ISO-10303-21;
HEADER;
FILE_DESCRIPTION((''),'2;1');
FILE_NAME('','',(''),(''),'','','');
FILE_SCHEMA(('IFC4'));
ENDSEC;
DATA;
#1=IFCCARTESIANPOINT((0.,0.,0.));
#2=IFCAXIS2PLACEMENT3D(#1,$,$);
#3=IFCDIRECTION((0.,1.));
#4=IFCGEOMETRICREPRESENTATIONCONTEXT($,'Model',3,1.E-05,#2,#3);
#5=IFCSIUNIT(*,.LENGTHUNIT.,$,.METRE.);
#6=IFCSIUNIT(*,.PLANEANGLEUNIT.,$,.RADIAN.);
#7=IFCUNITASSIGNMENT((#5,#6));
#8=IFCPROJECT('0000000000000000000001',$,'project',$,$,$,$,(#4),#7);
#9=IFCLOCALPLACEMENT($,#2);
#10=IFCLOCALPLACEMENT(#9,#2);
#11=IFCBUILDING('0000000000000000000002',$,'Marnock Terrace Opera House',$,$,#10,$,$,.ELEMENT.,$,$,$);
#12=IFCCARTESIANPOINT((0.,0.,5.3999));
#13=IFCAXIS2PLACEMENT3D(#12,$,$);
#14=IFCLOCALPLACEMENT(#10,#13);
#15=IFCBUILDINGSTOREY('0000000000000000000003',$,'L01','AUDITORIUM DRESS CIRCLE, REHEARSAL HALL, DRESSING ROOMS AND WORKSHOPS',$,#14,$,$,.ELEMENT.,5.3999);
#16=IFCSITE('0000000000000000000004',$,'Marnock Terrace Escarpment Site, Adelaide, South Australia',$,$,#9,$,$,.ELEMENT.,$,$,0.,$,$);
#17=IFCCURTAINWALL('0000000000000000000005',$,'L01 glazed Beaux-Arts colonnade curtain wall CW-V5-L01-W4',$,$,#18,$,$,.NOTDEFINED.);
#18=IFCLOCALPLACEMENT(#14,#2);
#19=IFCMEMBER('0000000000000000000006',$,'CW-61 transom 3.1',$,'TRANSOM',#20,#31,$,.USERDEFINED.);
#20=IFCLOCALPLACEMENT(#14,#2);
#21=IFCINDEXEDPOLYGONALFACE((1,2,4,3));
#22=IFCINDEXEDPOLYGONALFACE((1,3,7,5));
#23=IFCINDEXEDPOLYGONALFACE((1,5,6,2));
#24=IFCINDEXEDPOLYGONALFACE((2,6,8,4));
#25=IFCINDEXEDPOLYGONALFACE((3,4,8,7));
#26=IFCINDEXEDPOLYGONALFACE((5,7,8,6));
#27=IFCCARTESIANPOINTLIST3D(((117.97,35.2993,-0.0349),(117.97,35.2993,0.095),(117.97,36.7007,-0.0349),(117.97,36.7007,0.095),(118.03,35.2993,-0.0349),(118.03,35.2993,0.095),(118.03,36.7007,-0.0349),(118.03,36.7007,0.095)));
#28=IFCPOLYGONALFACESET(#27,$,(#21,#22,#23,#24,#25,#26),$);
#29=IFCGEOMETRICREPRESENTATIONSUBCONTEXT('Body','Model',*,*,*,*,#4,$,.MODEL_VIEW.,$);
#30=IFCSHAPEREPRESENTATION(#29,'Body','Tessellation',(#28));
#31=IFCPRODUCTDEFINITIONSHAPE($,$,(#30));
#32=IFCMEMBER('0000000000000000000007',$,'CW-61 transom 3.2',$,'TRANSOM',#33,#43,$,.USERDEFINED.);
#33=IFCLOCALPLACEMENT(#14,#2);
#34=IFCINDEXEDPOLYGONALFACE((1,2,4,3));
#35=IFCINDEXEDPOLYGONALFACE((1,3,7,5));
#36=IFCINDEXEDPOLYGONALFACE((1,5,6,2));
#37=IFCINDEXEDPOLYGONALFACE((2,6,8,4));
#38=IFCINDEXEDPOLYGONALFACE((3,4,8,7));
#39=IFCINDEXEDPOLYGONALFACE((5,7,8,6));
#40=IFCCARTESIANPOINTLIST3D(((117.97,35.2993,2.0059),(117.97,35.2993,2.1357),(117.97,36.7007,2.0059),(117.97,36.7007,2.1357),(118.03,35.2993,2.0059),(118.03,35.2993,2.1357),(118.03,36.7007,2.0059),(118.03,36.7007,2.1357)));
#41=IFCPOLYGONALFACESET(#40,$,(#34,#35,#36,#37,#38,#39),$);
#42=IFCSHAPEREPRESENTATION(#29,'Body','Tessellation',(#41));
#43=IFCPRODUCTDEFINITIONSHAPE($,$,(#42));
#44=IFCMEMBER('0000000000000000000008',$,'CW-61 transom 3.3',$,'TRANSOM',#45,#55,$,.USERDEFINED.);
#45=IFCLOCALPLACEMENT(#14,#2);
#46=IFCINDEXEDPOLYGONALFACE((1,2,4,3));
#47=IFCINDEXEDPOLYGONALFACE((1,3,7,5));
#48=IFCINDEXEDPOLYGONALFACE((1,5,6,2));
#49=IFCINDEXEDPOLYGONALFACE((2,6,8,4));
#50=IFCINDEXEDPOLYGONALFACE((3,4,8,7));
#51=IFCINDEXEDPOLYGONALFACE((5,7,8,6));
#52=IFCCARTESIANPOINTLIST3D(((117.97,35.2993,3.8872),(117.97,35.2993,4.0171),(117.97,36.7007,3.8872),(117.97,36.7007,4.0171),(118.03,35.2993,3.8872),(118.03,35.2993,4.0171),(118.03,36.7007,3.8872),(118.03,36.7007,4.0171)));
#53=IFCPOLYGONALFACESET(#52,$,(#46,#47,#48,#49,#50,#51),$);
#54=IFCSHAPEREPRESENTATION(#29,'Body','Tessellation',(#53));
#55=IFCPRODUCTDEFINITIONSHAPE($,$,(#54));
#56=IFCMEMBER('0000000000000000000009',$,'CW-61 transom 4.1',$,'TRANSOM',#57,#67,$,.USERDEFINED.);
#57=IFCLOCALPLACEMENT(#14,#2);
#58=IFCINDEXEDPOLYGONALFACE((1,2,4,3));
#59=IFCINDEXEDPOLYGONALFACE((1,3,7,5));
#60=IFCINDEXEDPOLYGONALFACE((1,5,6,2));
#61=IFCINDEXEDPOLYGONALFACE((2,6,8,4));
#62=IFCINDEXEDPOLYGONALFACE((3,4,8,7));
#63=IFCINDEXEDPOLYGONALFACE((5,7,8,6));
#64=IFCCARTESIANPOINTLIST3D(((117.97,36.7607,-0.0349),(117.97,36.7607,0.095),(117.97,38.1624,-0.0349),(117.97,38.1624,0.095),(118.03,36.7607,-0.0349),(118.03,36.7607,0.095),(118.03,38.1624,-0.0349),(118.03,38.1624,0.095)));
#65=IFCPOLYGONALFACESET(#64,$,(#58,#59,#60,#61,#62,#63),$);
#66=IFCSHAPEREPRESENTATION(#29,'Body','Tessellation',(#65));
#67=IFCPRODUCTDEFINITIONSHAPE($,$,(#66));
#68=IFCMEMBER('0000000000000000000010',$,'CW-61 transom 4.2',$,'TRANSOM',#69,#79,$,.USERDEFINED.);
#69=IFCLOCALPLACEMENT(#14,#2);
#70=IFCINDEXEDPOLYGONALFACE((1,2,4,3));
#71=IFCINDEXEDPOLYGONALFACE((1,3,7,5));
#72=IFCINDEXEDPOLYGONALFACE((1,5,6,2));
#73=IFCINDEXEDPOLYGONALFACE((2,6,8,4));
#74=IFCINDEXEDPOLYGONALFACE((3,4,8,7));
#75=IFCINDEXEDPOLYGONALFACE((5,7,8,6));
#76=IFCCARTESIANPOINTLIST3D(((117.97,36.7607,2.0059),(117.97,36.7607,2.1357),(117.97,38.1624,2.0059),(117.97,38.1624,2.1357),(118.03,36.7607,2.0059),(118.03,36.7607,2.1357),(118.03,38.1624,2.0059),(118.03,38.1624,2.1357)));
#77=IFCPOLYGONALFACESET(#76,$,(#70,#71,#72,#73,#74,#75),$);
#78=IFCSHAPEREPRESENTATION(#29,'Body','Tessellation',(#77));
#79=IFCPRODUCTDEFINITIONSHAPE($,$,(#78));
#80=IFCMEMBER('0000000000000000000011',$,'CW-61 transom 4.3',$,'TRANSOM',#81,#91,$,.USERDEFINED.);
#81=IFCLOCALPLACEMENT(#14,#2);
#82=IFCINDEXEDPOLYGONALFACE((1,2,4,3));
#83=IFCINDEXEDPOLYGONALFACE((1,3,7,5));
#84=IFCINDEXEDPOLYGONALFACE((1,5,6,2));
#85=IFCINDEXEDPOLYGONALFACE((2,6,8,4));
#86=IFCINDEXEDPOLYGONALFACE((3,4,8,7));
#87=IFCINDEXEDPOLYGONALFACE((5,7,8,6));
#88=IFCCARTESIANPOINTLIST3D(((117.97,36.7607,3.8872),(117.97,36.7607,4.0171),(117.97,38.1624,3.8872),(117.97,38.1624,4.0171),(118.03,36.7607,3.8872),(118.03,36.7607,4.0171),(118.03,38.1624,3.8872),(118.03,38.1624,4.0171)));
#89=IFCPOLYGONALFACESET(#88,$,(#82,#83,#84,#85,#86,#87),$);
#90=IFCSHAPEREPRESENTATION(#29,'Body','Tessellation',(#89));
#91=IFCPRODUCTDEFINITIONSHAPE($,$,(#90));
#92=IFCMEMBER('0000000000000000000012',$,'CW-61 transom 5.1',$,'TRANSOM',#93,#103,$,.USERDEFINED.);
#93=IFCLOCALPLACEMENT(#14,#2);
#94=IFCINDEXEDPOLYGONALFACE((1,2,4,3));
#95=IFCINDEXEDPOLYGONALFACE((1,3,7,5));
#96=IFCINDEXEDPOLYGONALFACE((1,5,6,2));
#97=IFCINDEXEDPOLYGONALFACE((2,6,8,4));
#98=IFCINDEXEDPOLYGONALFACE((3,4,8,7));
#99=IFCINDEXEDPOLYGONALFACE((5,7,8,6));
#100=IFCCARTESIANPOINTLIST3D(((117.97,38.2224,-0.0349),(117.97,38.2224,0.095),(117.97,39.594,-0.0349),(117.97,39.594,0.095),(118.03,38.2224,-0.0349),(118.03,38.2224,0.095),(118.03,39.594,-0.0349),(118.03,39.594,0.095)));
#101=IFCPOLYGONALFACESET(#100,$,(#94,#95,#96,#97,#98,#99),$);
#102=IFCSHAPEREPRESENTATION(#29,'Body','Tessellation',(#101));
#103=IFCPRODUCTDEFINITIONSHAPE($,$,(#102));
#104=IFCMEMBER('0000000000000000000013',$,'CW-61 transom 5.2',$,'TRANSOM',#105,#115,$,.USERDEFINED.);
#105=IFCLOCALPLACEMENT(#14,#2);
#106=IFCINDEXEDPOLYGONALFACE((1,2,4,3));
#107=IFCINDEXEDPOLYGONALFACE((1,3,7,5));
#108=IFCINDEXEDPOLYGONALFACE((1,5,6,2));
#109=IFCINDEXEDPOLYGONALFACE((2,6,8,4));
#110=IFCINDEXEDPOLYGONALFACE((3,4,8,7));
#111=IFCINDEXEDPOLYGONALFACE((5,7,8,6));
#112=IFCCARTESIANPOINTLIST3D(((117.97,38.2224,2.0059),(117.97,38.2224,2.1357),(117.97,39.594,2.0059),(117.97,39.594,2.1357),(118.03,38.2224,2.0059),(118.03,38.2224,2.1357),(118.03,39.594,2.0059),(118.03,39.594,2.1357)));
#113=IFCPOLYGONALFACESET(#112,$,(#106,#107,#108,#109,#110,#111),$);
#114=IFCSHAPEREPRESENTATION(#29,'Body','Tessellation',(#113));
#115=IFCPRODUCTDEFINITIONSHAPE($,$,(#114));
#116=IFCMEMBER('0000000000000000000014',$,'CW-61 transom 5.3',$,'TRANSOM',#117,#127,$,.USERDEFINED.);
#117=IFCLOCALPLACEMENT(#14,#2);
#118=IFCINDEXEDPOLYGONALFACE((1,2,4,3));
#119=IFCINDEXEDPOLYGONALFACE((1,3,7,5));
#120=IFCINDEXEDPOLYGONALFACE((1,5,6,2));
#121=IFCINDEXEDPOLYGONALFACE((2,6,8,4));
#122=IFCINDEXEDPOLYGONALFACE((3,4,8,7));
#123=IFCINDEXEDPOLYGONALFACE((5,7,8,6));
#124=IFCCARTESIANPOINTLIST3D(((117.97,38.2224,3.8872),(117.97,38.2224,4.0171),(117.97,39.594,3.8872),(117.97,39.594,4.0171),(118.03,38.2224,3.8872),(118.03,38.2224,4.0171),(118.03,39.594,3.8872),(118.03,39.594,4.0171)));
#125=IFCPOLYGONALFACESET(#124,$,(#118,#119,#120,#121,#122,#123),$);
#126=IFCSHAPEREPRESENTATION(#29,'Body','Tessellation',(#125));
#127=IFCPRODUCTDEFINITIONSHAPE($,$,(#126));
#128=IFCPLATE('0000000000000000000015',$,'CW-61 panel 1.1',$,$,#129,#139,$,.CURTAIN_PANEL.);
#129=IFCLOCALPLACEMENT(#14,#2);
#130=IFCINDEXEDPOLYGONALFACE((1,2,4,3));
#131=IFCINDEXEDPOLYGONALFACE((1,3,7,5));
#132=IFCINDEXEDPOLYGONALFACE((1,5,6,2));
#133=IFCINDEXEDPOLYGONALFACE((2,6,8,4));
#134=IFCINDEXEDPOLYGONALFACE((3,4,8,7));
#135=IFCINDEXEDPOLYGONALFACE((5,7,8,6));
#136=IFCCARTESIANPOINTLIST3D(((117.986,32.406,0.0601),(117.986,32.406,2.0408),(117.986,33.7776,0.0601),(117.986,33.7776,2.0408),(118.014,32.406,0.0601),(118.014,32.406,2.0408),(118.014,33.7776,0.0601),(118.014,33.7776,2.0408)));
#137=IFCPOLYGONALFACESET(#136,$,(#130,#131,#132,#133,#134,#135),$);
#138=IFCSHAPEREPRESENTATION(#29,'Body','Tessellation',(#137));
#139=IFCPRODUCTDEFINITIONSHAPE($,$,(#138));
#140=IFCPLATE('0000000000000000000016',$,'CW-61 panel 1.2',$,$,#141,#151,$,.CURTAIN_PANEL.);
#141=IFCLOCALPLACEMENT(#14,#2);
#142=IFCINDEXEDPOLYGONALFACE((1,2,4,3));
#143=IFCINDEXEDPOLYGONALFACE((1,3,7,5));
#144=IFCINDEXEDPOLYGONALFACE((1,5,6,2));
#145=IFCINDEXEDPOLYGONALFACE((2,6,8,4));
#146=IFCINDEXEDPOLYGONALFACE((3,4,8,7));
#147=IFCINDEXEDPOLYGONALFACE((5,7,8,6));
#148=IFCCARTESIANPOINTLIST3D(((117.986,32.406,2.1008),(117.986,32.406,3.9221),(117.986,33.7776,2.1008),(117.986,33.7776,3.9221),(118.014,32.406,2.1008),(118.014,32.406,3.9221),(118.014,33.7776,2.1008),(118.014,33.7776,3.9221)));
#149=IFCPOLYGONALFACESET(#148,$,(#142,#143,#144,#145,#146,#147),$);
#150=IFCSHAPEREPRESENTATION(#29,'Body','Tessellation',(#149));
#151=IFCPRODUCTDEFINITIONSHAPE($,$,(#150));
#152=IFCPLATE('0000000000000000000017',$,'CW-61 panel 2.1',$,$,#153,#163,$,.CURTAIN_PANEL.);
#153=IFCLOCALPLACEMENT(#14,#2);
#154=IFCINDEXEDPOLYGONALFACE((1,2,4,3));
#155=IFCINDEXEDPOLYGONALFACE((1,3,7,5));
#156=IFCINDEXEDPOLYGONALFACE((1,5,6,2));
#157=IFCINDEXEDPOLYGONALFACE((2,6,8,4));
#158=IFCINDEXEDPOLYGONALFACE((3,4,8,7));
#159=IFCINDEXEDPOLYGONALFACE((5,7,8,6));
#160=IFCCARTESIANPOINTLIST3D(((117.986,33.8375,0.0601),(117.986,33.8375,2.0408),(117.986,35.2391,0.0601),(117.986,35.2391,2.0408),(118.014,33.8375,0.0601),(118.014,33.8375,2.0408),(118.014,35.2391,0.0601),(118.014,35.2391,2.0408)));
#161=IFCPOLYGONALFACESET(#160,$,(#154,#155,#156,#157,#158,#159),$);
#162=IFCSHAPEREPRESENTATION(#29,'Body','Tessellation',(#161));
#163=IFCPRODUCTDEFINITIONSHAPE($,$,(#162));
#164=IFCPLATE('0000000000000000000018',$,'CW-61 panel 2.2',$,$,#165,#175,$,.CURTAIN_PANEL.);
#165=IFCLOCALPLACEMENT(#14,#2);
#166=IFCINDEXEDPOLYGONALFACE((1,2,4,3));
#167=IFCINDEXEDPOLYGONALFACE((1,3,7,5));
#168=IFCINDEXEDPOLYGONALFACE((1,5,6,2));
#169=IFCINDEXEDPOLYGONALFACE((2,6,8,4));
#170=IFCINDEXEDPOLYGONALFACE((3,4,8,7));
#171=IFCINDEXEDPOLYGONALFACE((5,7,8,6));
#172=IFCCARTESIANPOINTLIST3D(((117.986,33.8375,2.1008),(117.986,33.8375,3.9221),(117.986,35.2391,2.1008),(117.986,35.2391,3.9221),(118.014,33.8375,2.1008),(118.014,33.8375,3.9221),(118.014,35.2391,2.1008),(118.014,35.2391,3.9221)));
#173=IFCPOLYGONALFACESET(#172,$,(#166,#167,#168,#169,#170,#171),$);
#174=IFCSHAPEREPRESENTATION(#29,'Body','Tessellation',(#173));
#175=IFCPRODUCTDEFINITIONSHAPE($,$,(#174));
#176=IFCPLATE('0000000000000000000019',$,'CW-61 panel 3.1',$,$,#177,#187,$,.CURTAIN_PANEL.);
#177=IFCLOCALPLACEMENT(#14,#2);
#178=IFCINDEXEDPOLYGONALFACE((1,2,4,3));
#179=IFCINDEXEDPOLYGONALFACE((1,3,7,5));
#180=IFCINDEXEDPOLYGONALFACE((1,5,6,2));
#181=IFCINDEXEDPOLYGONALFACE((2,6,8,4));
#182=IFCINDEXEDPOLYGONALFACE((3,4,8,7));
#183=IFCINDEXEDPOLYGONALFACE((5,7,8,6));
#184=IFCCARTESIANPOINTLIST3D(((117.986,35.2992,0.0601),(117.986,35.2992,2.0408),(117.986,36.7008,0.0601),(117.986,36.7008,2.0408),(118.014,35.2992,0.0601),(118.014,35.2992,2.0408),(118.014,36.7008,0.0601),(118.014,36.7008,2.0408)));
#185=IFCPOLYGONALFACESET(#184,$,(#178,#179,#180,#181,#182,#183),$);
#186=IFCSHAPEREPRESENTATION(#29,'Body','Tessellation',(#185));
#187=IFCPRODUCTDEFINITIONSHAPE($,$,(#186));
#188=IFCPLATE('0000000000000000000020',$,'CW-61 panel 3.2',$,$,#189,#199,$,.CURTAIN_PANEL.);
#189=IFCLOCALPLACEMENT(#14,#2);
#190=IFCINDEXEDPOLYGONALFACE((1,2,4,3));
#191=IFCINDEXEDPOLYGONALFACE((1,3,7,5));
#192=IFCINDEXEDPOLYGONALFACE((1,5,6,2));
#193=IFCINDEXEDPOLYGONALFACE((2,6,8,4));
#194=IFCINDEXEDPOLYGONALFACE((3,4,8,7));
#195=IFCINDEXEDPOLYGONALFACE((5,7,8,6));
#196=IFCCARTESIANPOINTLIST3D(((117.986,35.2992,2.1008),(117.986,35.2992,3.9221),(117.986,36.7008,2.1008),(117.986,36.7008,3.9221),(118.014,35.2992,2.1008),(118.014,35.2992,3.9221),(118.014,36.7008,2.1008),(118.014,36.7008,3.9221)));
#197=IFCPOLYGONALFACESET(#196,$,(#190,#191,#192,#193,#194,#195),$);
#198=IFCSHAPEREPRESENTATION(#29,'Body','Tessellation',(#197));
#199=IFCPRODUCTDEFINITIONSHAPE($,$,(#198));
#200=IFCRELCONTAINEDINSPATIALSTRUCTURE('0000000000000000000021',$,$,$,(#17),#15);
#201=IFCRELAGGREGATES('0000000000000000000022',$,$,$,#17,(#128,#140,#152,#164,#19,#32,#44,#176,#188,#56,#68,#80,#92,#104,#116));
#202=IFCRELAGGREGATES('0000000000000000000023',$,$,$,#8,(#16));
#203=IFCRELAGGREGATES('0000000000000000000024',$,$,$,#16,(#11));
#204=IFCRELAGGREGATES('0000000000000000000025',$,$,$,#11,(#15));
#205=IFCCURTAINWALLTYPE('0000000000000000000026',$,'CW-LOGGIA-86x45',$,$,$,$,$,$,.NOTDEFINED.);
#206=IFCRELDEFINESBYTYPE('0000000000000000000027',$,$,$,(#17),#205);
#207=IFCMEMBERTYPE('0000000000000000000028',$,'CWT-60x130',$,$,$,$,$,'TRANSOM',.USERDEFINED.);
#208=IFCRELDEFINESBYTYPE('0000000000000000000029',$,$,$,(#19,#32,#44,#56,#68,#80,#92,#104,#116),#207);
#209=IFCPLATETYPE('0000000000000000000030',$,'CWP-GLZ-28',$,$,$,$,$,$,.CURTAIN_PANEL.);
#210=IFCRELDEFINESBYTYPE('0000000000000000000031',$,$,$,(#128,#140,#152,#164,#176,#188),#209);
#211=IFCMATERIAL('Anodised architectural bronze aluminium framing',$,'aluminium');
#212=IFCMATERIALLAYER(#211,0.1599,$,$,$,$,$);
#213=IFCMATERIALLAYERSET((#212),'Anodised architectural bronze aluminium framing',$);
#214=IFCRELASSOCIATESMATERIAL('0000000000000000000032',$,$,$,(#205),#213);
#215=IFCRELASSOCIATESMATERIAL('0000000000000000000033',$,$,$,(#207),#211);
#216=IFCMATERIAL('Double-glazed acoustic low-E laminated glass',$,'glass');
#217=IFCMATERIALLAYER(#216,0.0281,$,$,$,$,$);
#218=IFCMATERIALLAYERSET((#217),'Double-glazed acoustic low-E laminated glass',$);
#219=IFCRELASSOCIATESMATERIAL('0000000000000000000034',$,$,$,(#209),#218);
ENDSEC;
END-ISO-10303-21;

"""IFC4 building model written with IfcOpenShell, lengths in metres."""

from ifc_helpers import new_model, si_unit, direction, frame, origin, origin_2d, place, context, subcontext, project, spatial, rectangle, extrude, material, layer, layer_set, material_profile, profile_set, type_object, element, aggregate, save


model = new_model("IFC4")

# Units and contexts
model_context = context("Model", 3, precision=1e-05, world=origin(), true_north=direction((0.0, 1.0)))
body_context = subcontext(model_context, "Body", "Model", "MODEL_VIEW")
ifc_project = project(units=[si_unit("LENGTHUNIT", "METRE"), si_unit("PLANEANGLEUNIT", "RADIAN")], contexts=[model_context])

# Site, building, storey
site_placement = place(None, origin())
site = spatial("IfcSite", under=ifc_project, at=site_placement, Name="Marnock Terrace Escarpment Site, Adelaide, South Australia", CompositionType="ELEMENT", RefElevation=0.0)
building_placement = place(site_placement, origin())
building = spatial("IfcBuilding", under=site, at=building_placement, Name="Marnock Terrace Opera House", CompositionType="ELEMENT")
storey_placement = place(building_placement, frame((0.0, 0.0, 5.3999)))
storey = spatial("IfcBuildingStorey", under=building, at=storey_placement, Name="L01", Description="AUDITORIUM DRESS CIRCLE, REHEARSAL HALL, DRESSING ROOMS AND WORKSHOPS", CompositionType="ELEMENT", Elevation=5.3999)

# Curtain wall, members, plates
ifc_material_1 = material(Name="Anodised architectural bronze aluminium framing", Category="aluminium")
ifc_layer_1 = layer(ifc_material_1, 0.1599)
ifc_layer_set_1 = layer_set([ifc_layer_1], Name="Anodised architectural bronze aluminium framing")
curtain_wall_type = type_object("IfcCurtainWallType", Name="CW-LOGGIA-86x45", PredefinedType="NOTDEFINED", material=ifc_layer_set_1)
curtain_wall_placement = place(storey_placement, origin())
curtain_wall = element("IfcCurtainWall", 1, at=curtain_wall_placement, inside=storey, type_object=curtain_wall_type, Name="L01 glazed Beaux-Arts colonnade curtain wall CW-V5-L01-W4", PredefinedType="NOTDEFINED")
ifc_material_profile_1 = material_profile(ifc_material_1, rectangle(XDim=0.0601, YDim=0.1299, at=origin_2d()))
ifc_profile_set_1 = profile_set([ifc_material_profile_1], Name="Anodised architectural bronze aluminium framing")
member_type_1 = type_object("IfcMemberType", Name="CWT-60x130", ElementType="TRANSOM", PredefinedType="USERDEFINED", material=ifc_profile_set_1)
member_1_placement = place(storey_placement, frame((118.0, 35.2993, 0.03), z_axis=(0.0, 1.0, 0.0), x_axis=(-1.0, 0.0, 0.0)))
member_1 = element("IfcMember", 2, at=member_1_placement, type_object=member_type_1, Name="CW-61 transom 3.1", ObjectType="TRANSOM", PredefinedType="USERDEFINED", context=body_context, shape_type="SweptSolid", body=[
    extrude(rectangle(XDim=0.0601, YDim=0.1299, at=origin_2d()), origin(), (0.0, 0.0, 1.0), 1.4014),
])
member_2_placement = place(storey_placement, frame((118.0, 35.2993, 2.0708), z_axis=(0.0, 1.0, 0.0), x_axis=(-1.0, 0.0, 0.0)))
member_2 = element("IfcMember", 3, at=member_2_placement, type_object=member_type_1, Name="CW-61 transom 3.2", ObjectType="TRANSOM", PredefinedType="USERDEFINED", context=body_context, shape_type="SweptSolid", body=[
    extrude(rectangle(XDim=0.0601, YDim=0.1299, at=origin_2d()), origin(), (0.0, 0.0, 1.0), 1.4014),
])
member_3_placement = place(storey_placement, frame((118.0, 35.2993, 3.9521), z_axis=(0.0, 1.0, 0.0), x_axis=(-1.0, 0.0, 0.0)))
member_3 = element("IfcMember", 4, at=member_3_placement, type_object=member_type_1, Name="CW-61 transom 3.3", ObjectType="TRANSOM", PredefinedType="USERDEFINED", context=body_context, shape_type="SweptSolid", body=[
    extrude(rectangle(XDim=0.0601, YDim=0.1299, at=origin_2d()), origin(), (0.0, 0.0, 1.0), 1.4014),
])
member_4_placement = place(storey_placement, frame((118.0, 36.7607, 0.03), z_axis=(0.0, 1.0, 0.0), x_axis=(-1.0, 0.0, 0.0)))
member_4 = element("IfcMember", 5, at=member_4_placement, type_object=member_type_1, Name="CW-61 transom 4.1", ObjectType="TRANSOM", PredefinedType="USERDEFINED", context=body_context, shape_type="SweptSolid", body=[
    extrude(rectangle(XDim=0.0601, YDim=0.1299, at=origin_2d()), origin(), (0.0, 0.0, 1.0), 1.4016),
])
member_5_placement = place(storey_placement, frame((118.0, 36.7607, 2.0708), z_axis=(0.0, 1.0, 0.0), x_axis=(-1.0, 0.0, 0.0)))
member_5 = element("IfcMember", 6, at=member_5_placement, type_object=member_type_1, Name="CW-61 transom 4.2", ObjectType="TRANSOM", PredefinedType="USERDEFINED", context=body_context, shape_type="SweptSolid", body=[
    extrude(rectangle(XDim=0.0601, YDim=0.1299, at=origin_2d()), origin(), (0.0, 0.0, 1.0), 1.4016),
])
member_6_placement = place(storey_placement, frame((118.0, 36.7607, 3.9521), z_axis=(0.0, 1.0, 0.0), x_axis=(-1.0, 0.0, 0.0)))
member_6 = element("IfcMember", 7, at=member_6_placement, type_object=member_type_1, Name="CW-61 transom 4.3", ObjectType="TRANSOM", PredefinedType="USERDEFINED", context=body_context, shape_type="SweptSolid", body=[
    extrude(rectangle(XDim=0.0601, YDim=0.1299, at=origin_2d()), origin(), (0.0, 0.0, 1.0), 1.4016),
])
member_7_placement = place(storey_placement, frame((118.0, 38.2224, 0.03), z_axis=(0.0, 1.0, 0.0), x_axis=(-1.0, 0.0, 0.0)))
member_7 = element("IfcMember", 8, at=member_7_placement, type_object=member_type_1, Name="CW-61 transom 5.1", ObjectType="TRANSOM", PredefinedType="USERDEFINED", context=body_context, shape_type="SweptSolid", body=[
    extrude(rectangle(XDim=0.0601, YDim=0.1299, at=origin_2d()), origin(), (0.0, 0.0, 1.0), 1.3716),
])
member_8_placement = place(storey_placement, frame((118.0, 38.2224, 2.0708), z_axis=(0.0, 1.0, 0.0), x_axis=(-1.0, 0.0, 0.0)))
member_8 = element("IfcMember", 9, at=member_8_placement, type_object=member_type_1, Name="CW-61 transom 5.2", ObjectType="TRANSOM", PredefinedType="USERDEFINED", context=body_context, shape_type="SweptSolid", body=[
    extrude(rectangle(XDim=0.0601, YDim=0.1299, at=origin_2d()), origin(), (0.0, 0.0, 1.0), 1.3716),
])
member_9_placement = place(storey_placement, frame((118.0, 38.2224, 3.9521), z_axis=(0.0, 1.0, 0.0), x_axis=(-1.0, 0.0, 0.0)))
member_9 = element("IfcMember", 10, at=member_9_placement, type_object=member_type_1, Name="CW-61 transom 5.3", ObjectType="TRANSOM", PredefinedType="USERDEFINED", context=body_context, shape_type="SweptSolid", body=[
    extrude(rectangle(XDim=0.0601, YDim=0.1299, at=origin_2d()), origin(), (0.0, 0.0, 1.0), 1.3716),
])
ifc_material_2 = material(Name="Double-glazed acoustic low-E laminated glass", Category="glass")
ifc_layer_2 = layer(ifc_material_2, 0.0281)
ifc_layer_set_2 = layer_set([ifc_layer_2], Name="Double-glazed acoustic low-E laminated glass")
plate_type = type_object("IfcPlateType", Name="CWP-GLZ-28", PredefinedType="CURTAIN_PANEL", material=ifc_layer_set_2)
plate_1_placement = place(storey_placement, frame((118.0, 33.0918, 0.0601), z_axis=(0.0, 0.0, 1.0), x_axis=(0.0, 1.0, 0.0)))
plate_1 = element("IfcPlate", 11, at=plate_1_placement, type_object=plate_type, Name="CW-61 panel 1.1", PredefinedType="CURTAIN_PANEL", context=body_context, shape_type="SweptSolid", body=[
    extrude(rectangle(XDim=1.3716, YDim=0.0281, at=origin_2d()), origin(), (0.0, 0.0, 1.0), 1.9807),
])
plate_2_placement = place(storey_placement, frame((118.0, 33.0918, 2.1008), z_axis=(0.0, 0.0, 1.0), x_axis=(0.0, 1.0, 0.0)))
plate_2 = element("IfcPlate", 12, at=plate_2_placement, type_object=plate_type, Name="CW-61 panel 1.2", PredefinedType="CURTAIN_PANEL", context=body_context, shape_type="SweptSolid", body=[
    extrude(rectangle(XDim=1.3716, YDim=0.0281, at=origin_2d()), origin(), (0.0, 0.0, 1.0), 1.8213),
])
plate_3_placement = place(storey_placement, frame((118.0, 34.5383, 0.0601), z_axis=(0.0, 0.0, 1.0), x_axis=(0.0, 1.0, 0.0)))
plate_3 = element("IfcPlate", 13, at=plate_3_placement, type_object=plate_type, Name="CW-61 panel 2.1", PredefinedType="CURTAIN_PANEL", context=body_context, shape_type="SweptSolid", body=[
    extrude(rectangle(XDim=1.4016, YDim=0.0281, at=origin_2d()), origin(), (0.0, 0.0, 1.0), 1.9807),
])
plate_4_placement = place(storey_placement, frame((118.0, 34.5383, 2.1008), z_axis=(0.0, 0.0, 1.0), x_axis=(0.0, 1.0, 0.0)))
plate_4 = element("IfcPlate", 14, at=plate_4_placement, type_object=plate_type, Name="CW-61 panel 2.2", PredefinedType="CURTAIN_PANEL", context=body_context, shape_type="SweptSolid", body=[
    extrude(rectangle(XDim=1.4016, YDim=0.0281, at=origin_2d()), origin(), (0.0, 0.0, 1.0), 1.8213),
])
plate_5_placement = place(storey_placement, frame((118.0, 36.0, 0.0601), z_axis=(0.0, 0.0, 1.0), x_axis=(0.0, 1.0, 0.0)))
plate_5 = element("IfcPlate", 15, at=plate_5_placement, type_object=plate_type, Name="CW-61 panel 3.1", PredefinedType="CURTAIN_PANEL", context=body_context, shape_type="SweptSolid", body=[
    extrude(rectangle(XDim=1.4016, YDim=0.0281, at=origin_2d()), origin(), (0.0, 0.0, 1.0), 1.9807),
])
plate_6_placement = place(storey_placement, frame((118.0, 36.0, 2.1008), z_axis=(0.0, 0.0, 1.0), x_axis=(0.0, 1.0, 0.0)))
plate_6 = element("IfcPlate", 16, at=plate_6_placement, type_object=plate_type, Name="CW-61 panel 3.2", PredefinedType="CURTAIN_PANEL", context=body_context, shape_type="SweptSolid", body=[
    extrude(rectangle(XDim=1.4016, YDim=0.0281, at=origin_2d()), origin(), (0.0, 0.0, 1.0), 1.8213),
])
aggregate(curtain_wall, [plate_1, plate_2, plate_3, plate_4, member_1, member_2, member_3, plate_5, plate_6, member_4, member_5, member_6, member_7, member_8, member_9])

save(model, "model.ifc")
